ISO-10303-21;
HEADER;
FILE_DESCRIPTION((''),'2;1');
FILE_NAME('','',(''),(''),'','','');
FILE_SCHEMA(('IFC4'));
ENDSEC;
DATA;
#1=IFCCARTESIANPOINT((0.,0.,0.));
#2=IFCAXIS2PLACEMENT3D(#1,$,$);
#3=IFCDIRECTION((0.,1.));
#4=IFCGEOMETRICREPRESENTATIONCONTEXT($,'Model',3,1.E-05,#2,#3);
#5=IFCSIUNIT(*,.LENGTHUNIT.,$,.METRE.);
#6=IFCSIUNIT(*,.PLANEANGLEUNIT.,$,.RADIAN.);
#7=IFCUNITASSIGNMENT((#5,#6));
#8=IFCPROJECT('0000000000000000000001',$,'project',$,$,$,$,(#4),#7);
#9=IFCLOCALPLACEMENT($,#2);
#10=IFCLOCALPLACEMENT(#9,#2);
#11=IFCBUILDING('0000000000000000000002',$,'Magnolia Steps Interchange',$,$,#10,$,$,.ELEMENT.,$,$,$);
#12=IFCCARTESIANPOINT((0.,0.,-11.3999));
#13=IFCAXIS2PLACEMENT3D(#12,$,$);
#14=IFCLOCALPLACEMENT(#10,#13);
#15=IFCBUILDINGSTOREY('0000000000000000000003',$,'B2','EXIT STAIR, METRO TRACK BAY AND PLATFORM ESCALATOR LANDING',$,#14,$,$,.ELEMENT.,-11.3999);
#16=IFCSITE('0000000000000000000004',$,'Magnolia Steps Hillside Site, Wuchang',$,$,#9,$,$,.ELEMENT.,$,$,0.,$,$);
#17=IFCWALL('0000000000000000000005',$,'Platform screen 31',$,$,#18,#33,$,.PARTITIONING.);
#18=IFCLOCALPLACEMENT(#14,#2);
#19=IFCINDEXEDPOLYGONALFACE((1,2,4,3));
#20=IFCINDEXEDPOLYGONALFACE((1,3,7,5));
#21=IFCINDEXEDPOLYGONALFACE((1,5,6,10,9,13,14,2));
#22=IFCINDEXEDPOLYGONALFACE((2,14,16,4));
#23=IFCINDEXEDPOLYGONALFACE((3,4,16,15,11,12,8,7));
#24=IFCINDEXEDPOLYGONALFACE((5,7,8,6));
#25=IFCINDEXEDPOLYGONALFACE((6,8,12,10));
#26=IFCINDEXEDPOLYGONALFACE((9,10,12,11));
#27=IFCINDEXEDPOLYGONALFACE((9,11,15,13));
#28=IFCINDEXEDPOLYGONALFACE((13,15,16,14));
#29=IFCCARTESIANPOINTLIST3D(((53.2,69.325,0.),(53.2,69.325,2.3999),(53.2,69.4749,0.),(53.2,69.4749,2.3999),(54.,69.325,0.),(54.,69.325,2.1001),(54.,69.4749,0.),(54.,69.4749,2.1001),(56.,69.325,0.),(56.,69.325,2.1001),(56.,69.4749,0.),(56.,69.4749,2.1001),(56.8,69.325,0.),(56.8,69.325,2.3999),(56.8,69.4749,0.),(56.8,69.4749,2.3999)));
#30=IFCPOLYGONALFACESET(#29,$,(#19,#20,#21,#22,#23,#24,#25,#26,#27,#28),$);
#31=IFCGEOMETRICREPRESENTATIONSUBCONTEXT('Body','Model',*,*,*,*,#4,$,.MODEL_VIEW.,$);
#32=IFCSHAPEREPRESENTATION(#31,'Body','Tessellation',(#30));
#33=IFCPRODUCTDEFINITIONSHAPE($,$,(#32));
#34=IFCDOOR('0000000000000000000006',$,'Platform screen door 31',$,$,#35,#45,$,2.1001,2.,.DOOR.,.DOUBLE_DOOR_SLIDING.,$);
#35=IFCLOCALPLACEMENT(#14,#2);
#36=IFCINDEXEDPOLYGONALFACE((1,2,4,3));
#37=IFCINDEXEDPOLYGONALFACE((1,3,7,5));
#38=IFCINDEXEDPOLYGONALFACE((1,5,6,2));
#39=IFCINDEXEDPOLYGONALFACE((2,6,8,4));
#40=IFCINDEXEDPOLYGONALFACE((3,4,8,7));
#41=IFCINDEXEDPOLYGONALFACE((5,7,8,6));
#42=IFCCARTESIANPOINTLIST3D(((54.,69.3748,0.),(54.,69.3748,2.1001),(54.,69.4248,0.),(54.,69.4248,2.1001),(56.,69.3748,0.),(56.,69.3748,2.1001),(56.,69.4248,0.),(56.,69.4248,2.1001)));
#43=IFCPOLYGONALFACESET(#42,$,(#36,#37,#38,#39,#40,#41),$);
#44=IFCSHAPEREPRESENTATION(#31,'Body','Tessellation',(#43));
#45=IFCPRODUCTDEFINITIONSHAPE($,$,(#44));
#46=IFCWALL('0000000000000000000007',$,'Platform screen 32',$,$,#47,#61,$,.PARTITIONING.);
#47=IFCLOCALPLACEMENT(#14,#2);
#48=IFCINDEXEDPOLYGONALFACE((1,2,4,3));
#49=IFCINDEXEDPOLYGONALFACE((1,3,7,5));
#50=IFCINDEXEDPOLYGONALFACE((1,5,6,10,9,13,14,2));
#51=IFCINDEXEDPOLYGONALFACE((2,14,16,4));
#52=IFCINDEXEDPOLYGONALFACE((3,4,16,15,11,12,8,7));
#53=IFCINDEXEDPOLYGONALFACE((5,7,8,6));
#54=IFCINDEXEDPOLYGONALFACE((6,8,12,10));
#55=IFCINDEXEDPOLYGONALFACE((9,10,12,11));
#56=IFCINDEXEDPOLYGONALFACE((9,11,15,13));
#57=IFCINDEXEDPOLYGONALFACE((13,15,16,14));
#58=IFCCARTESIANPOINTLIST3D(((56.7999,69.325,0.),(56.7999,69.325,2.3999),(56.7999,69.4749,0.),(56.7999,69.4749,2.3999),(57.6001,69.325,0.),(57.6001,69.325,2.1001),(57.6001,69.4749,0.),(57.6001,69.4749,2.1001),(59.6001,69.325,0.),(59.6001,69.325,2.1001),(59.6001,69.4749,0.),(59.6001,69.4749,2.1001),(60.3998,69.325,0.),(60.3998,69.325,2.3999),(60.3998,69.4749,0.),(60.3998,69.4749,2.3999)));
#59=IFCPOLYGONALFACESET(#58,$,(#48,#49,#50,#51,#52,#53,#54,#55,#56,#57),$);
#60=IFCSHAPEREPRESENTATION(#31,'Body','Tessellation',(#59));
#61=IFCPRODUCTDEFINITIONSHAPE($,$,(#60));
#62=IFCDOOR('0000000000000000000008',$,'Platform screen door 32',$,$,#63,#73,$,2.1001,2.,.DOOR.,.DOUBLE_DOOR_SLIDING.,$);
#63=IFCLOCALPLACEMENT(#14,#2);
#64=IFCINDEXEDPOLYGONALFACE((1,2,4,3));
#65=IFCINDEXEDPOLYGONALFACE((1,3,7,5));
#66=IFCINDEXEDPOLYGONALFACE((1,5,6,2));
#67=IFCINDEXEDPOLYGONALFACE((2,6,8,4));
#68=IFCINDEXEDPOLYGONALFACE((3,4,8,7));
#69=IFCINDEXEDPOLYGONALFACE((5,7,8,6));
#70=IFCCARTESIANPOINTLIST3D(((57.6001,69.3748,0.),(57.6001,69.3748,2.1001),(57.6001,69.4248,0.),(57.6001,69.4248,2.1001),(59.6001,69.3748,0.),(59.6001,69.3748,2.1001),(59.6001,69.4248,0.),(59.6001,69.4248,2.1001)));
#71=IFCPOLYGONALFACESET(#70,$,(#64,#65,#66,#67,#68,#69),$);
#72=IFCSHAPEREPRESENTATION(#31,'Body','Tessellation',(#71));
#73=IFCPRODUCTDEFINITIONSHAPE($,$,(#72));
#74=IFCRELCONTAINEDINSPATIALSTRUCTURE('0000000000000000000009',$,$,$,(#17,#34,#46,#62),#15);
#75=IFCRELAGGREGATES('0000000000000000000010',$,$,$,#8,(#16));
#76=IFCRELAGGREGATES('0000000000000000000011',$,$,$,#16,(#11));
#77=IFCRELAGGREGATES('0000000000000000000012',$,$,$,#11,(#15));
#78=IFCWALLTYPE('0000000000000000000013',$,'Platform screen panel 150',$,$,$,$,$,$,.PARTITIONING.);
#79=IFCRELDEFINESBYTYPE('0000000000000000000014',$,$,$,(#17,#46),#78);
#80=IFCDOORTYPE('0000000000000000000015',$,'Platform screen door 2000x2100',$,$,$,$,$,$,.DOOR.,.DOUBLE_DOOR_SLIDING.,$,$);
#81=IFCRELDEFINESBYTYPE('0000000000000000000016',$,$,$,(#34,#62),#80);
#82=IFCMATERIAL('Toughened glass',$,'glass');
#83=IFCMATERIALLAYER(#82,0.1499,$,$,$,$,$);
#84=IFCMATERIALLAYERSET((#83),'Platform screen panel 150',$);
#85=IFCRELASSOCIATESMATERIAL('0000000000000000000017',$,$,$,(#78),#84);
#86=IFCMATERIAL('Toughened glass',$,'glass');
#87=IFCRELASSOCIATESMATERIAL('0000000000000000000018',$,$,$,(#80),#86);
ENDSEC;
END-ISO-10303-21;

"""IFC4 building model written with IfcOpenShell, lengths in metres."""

from ifc_helpers import new_model, si_unit, direction, frame, frame_2d, origin, place, context, subcontext, project, spatial, rectangle, extrude, material, layer, layer_set, type_object, element, fill, save


model = new_model("IFC4")

# Units and contexts
model_context = context("Model", 3, precision=1e-05, world=origin(), true_north=direction((0.0, 1.0)))
body_context = subcontext(model_context, "Body", "Model", "MODEL_VIEW")
ifc_project = project(units=[si_unit("LENGTHUNIT", "METRE"), si_unit("PLANEANGLEUNIT", "RADIAN")], contexts=[model_context])

# Site, building, storey
site_placement = place(None, origin())
site = spatial("IfcSite", under=ifc_project, at=site_placement, Name="Magnolia Steps Hillside Site, Wuchang", CompositionType="ELEMENT", RefElevation=0.0)
building_placement = place(site_placement, origin())
building = spatial("IfcBuilding", under=site, at=building_placement, Name="Magnolia Steps Interchange", CompositionType="ELEMENT")
storey_placement = place(building_placement, frame((0.0, 0.0, -11.3999)))
storey = spatial("IfcBuildingStorey", under=building, at=storey_placement, Name="B2", Description="EXIT STAIR, METRO TRACK BAY AND PLATFORM ESCALATOR LANDING", CompositionType="ELEMENT", Elevation=-11.3999)

# Walls, openings, doors
ifc_material_1 = material(Name="Toughened glass", Category="glass")
ifc_layer_1 = layer(ifc_material_1, 0.1499)
ifc_layer_set_1 = layer_set([ifc_layer_1], Name="Platform screen panel 150")
wall_type_1 = type_object("IfcWallType", Name="Platform screen panel 150", PredefinedType="PARTITIONING", material=ifc_layer_set_1)
wall_1_placement = place(storey_placement, frame((53.2, 69.3999, 0.0), z_axis=(0.0, 0.0, 1.0), x_axis=(1.0, 0.0, 0.0)))
wall_1 = element("IfcWall", 1, at=wall_1_placement, inside=storey, type_object=wall_type_1, Name="Platform screen 31", PredefinedType="PARTITIONING", context=body_context, shape_type="SweptSolid", body=[
    extrude(rectangle(XDim=3.6001, YDim=0.1499, at=frame_2d((1.8, 0.0))), origin(), (0.0, 0.0, 1.0), 2.3999),
])
opening_1_placement = place(wall_1_placement, frame((0.8, 0.0, 0.0)))
opening_1 = element("IfcOpeningElement", 2, at=opening_1_placement, cuts=wall_1, PredefinedType="OPENING", context=body_context, shape_type="SweptSolid", body=[
    extrude(rectangle(XDim=2.0, YDim=2.1001, at=frame_2d((1.0, 1.05))), frame((0.0, 0.085, 0.0), z_axis=(0.0, -1.0, 0.0), x_axis=(1.0, 0.0, 0.0)), (0.0, 0.0, 1.0), 0.1699),
])
ifc_material_2 = material(Name="Toughened glass", Category="glass")
door_type = type_object("IfcDoorType", Name="Platform screen door 2000x2100", OperationType="DOUBLE_DOOR_SLIDING", PredefinedType="DOOR", material=ifc_material_2)
door_1_placement = place(opening_1_placement, origin())
door_1 = element("IfcDoor", 3, at=door_1_placement, inside=storey, type_object=door_type, Name="Platform screen door 31", OperationType="DOUBLE_DOOR_SLIDING", OverallHeight=2.1001, OverallWidth=2.0, PredefinedType="DOOR", context=body_context, shape_type="SweptSolid", body=[
    extrude(rectangle(XDim=2.0, YDim=2.1001, at=frame_2d((1.0, 1.05))), frame((0.0, 0.0249, 0.0), z_axis=(0.0, -1.0, 0.0), x_axis=(1.0, 0.0, 0.0)), (0.0, 0.0, 1.0), 0.05),
])
fill(opening_1, door_1)
wall_2_placement = place(storey_placement, frame((56.8, 69.3999, 0.0), z_axis=(0.0, 0.0, 1.0), x_axis=(1.0, 0.0, 0.0)))
wall_2 = element("IfcWall", 4, at=wall_2_placement, inside=storey, type_object=wall_type_1, Name="Platform screen 32", PredefinedType="PARTITIONING", context=body_context, shape_type="SweptSolid", body=[
    extrude(rectangle(XDim=3.5999, YDim=0.1499, at=frame_2d((1.7998, 0.0))), origin(), (0.0, 0.0, 1.0), 2.3999),
])
opening_2_placement = place(wall_2_placement, frame((0.8, 0.0, 0.0)))
opening_2 = element("IfcOpeningElement", 5, at=opening_2_placement, cuts=wall_2, PredefinedType="OPENING", context=body_context, shape_type="SweptSolid", body=[
    extrude(rectangle(XDim=2.0, YDim=2.1001, at=frame_2d((1.0, 1.05))), frame((0.0, 0.085, 0.0), z_axis=(0.0, -1.0, 0.0), x_axis=(1.0, 0.0, 0.0)), (0.0, 0.0, 1.0), 0.1699),
])
door_2_placement = place(opening_2_placement, origin())
door_2 = element("IfcDoor", 6, at=door_2_placement, inside=storey, type_object=door_type, Name="Platform screen door 32", OperationType="DOUBLE_DOOR_SLIDING", OverallHeight=2.1001, OverallWidth=2.0, PredefinedType="DOOR", context=body_context, shape_type="SweptSolid", body=[
    extrude(rectangle(XDim=2.0, YDim=2.1001, at=frame_2d((1.0, 1.05))), frame((0.0, 0.0249, 0.0), z_axis=(0.0, -1.0, 0.0), x_axis=(1.0, 0.0, 0.0)), (0.0, 0.0, 1.0), 0.05),
])
fill(opening_2, door_2)

save(model, "model.ifc")
